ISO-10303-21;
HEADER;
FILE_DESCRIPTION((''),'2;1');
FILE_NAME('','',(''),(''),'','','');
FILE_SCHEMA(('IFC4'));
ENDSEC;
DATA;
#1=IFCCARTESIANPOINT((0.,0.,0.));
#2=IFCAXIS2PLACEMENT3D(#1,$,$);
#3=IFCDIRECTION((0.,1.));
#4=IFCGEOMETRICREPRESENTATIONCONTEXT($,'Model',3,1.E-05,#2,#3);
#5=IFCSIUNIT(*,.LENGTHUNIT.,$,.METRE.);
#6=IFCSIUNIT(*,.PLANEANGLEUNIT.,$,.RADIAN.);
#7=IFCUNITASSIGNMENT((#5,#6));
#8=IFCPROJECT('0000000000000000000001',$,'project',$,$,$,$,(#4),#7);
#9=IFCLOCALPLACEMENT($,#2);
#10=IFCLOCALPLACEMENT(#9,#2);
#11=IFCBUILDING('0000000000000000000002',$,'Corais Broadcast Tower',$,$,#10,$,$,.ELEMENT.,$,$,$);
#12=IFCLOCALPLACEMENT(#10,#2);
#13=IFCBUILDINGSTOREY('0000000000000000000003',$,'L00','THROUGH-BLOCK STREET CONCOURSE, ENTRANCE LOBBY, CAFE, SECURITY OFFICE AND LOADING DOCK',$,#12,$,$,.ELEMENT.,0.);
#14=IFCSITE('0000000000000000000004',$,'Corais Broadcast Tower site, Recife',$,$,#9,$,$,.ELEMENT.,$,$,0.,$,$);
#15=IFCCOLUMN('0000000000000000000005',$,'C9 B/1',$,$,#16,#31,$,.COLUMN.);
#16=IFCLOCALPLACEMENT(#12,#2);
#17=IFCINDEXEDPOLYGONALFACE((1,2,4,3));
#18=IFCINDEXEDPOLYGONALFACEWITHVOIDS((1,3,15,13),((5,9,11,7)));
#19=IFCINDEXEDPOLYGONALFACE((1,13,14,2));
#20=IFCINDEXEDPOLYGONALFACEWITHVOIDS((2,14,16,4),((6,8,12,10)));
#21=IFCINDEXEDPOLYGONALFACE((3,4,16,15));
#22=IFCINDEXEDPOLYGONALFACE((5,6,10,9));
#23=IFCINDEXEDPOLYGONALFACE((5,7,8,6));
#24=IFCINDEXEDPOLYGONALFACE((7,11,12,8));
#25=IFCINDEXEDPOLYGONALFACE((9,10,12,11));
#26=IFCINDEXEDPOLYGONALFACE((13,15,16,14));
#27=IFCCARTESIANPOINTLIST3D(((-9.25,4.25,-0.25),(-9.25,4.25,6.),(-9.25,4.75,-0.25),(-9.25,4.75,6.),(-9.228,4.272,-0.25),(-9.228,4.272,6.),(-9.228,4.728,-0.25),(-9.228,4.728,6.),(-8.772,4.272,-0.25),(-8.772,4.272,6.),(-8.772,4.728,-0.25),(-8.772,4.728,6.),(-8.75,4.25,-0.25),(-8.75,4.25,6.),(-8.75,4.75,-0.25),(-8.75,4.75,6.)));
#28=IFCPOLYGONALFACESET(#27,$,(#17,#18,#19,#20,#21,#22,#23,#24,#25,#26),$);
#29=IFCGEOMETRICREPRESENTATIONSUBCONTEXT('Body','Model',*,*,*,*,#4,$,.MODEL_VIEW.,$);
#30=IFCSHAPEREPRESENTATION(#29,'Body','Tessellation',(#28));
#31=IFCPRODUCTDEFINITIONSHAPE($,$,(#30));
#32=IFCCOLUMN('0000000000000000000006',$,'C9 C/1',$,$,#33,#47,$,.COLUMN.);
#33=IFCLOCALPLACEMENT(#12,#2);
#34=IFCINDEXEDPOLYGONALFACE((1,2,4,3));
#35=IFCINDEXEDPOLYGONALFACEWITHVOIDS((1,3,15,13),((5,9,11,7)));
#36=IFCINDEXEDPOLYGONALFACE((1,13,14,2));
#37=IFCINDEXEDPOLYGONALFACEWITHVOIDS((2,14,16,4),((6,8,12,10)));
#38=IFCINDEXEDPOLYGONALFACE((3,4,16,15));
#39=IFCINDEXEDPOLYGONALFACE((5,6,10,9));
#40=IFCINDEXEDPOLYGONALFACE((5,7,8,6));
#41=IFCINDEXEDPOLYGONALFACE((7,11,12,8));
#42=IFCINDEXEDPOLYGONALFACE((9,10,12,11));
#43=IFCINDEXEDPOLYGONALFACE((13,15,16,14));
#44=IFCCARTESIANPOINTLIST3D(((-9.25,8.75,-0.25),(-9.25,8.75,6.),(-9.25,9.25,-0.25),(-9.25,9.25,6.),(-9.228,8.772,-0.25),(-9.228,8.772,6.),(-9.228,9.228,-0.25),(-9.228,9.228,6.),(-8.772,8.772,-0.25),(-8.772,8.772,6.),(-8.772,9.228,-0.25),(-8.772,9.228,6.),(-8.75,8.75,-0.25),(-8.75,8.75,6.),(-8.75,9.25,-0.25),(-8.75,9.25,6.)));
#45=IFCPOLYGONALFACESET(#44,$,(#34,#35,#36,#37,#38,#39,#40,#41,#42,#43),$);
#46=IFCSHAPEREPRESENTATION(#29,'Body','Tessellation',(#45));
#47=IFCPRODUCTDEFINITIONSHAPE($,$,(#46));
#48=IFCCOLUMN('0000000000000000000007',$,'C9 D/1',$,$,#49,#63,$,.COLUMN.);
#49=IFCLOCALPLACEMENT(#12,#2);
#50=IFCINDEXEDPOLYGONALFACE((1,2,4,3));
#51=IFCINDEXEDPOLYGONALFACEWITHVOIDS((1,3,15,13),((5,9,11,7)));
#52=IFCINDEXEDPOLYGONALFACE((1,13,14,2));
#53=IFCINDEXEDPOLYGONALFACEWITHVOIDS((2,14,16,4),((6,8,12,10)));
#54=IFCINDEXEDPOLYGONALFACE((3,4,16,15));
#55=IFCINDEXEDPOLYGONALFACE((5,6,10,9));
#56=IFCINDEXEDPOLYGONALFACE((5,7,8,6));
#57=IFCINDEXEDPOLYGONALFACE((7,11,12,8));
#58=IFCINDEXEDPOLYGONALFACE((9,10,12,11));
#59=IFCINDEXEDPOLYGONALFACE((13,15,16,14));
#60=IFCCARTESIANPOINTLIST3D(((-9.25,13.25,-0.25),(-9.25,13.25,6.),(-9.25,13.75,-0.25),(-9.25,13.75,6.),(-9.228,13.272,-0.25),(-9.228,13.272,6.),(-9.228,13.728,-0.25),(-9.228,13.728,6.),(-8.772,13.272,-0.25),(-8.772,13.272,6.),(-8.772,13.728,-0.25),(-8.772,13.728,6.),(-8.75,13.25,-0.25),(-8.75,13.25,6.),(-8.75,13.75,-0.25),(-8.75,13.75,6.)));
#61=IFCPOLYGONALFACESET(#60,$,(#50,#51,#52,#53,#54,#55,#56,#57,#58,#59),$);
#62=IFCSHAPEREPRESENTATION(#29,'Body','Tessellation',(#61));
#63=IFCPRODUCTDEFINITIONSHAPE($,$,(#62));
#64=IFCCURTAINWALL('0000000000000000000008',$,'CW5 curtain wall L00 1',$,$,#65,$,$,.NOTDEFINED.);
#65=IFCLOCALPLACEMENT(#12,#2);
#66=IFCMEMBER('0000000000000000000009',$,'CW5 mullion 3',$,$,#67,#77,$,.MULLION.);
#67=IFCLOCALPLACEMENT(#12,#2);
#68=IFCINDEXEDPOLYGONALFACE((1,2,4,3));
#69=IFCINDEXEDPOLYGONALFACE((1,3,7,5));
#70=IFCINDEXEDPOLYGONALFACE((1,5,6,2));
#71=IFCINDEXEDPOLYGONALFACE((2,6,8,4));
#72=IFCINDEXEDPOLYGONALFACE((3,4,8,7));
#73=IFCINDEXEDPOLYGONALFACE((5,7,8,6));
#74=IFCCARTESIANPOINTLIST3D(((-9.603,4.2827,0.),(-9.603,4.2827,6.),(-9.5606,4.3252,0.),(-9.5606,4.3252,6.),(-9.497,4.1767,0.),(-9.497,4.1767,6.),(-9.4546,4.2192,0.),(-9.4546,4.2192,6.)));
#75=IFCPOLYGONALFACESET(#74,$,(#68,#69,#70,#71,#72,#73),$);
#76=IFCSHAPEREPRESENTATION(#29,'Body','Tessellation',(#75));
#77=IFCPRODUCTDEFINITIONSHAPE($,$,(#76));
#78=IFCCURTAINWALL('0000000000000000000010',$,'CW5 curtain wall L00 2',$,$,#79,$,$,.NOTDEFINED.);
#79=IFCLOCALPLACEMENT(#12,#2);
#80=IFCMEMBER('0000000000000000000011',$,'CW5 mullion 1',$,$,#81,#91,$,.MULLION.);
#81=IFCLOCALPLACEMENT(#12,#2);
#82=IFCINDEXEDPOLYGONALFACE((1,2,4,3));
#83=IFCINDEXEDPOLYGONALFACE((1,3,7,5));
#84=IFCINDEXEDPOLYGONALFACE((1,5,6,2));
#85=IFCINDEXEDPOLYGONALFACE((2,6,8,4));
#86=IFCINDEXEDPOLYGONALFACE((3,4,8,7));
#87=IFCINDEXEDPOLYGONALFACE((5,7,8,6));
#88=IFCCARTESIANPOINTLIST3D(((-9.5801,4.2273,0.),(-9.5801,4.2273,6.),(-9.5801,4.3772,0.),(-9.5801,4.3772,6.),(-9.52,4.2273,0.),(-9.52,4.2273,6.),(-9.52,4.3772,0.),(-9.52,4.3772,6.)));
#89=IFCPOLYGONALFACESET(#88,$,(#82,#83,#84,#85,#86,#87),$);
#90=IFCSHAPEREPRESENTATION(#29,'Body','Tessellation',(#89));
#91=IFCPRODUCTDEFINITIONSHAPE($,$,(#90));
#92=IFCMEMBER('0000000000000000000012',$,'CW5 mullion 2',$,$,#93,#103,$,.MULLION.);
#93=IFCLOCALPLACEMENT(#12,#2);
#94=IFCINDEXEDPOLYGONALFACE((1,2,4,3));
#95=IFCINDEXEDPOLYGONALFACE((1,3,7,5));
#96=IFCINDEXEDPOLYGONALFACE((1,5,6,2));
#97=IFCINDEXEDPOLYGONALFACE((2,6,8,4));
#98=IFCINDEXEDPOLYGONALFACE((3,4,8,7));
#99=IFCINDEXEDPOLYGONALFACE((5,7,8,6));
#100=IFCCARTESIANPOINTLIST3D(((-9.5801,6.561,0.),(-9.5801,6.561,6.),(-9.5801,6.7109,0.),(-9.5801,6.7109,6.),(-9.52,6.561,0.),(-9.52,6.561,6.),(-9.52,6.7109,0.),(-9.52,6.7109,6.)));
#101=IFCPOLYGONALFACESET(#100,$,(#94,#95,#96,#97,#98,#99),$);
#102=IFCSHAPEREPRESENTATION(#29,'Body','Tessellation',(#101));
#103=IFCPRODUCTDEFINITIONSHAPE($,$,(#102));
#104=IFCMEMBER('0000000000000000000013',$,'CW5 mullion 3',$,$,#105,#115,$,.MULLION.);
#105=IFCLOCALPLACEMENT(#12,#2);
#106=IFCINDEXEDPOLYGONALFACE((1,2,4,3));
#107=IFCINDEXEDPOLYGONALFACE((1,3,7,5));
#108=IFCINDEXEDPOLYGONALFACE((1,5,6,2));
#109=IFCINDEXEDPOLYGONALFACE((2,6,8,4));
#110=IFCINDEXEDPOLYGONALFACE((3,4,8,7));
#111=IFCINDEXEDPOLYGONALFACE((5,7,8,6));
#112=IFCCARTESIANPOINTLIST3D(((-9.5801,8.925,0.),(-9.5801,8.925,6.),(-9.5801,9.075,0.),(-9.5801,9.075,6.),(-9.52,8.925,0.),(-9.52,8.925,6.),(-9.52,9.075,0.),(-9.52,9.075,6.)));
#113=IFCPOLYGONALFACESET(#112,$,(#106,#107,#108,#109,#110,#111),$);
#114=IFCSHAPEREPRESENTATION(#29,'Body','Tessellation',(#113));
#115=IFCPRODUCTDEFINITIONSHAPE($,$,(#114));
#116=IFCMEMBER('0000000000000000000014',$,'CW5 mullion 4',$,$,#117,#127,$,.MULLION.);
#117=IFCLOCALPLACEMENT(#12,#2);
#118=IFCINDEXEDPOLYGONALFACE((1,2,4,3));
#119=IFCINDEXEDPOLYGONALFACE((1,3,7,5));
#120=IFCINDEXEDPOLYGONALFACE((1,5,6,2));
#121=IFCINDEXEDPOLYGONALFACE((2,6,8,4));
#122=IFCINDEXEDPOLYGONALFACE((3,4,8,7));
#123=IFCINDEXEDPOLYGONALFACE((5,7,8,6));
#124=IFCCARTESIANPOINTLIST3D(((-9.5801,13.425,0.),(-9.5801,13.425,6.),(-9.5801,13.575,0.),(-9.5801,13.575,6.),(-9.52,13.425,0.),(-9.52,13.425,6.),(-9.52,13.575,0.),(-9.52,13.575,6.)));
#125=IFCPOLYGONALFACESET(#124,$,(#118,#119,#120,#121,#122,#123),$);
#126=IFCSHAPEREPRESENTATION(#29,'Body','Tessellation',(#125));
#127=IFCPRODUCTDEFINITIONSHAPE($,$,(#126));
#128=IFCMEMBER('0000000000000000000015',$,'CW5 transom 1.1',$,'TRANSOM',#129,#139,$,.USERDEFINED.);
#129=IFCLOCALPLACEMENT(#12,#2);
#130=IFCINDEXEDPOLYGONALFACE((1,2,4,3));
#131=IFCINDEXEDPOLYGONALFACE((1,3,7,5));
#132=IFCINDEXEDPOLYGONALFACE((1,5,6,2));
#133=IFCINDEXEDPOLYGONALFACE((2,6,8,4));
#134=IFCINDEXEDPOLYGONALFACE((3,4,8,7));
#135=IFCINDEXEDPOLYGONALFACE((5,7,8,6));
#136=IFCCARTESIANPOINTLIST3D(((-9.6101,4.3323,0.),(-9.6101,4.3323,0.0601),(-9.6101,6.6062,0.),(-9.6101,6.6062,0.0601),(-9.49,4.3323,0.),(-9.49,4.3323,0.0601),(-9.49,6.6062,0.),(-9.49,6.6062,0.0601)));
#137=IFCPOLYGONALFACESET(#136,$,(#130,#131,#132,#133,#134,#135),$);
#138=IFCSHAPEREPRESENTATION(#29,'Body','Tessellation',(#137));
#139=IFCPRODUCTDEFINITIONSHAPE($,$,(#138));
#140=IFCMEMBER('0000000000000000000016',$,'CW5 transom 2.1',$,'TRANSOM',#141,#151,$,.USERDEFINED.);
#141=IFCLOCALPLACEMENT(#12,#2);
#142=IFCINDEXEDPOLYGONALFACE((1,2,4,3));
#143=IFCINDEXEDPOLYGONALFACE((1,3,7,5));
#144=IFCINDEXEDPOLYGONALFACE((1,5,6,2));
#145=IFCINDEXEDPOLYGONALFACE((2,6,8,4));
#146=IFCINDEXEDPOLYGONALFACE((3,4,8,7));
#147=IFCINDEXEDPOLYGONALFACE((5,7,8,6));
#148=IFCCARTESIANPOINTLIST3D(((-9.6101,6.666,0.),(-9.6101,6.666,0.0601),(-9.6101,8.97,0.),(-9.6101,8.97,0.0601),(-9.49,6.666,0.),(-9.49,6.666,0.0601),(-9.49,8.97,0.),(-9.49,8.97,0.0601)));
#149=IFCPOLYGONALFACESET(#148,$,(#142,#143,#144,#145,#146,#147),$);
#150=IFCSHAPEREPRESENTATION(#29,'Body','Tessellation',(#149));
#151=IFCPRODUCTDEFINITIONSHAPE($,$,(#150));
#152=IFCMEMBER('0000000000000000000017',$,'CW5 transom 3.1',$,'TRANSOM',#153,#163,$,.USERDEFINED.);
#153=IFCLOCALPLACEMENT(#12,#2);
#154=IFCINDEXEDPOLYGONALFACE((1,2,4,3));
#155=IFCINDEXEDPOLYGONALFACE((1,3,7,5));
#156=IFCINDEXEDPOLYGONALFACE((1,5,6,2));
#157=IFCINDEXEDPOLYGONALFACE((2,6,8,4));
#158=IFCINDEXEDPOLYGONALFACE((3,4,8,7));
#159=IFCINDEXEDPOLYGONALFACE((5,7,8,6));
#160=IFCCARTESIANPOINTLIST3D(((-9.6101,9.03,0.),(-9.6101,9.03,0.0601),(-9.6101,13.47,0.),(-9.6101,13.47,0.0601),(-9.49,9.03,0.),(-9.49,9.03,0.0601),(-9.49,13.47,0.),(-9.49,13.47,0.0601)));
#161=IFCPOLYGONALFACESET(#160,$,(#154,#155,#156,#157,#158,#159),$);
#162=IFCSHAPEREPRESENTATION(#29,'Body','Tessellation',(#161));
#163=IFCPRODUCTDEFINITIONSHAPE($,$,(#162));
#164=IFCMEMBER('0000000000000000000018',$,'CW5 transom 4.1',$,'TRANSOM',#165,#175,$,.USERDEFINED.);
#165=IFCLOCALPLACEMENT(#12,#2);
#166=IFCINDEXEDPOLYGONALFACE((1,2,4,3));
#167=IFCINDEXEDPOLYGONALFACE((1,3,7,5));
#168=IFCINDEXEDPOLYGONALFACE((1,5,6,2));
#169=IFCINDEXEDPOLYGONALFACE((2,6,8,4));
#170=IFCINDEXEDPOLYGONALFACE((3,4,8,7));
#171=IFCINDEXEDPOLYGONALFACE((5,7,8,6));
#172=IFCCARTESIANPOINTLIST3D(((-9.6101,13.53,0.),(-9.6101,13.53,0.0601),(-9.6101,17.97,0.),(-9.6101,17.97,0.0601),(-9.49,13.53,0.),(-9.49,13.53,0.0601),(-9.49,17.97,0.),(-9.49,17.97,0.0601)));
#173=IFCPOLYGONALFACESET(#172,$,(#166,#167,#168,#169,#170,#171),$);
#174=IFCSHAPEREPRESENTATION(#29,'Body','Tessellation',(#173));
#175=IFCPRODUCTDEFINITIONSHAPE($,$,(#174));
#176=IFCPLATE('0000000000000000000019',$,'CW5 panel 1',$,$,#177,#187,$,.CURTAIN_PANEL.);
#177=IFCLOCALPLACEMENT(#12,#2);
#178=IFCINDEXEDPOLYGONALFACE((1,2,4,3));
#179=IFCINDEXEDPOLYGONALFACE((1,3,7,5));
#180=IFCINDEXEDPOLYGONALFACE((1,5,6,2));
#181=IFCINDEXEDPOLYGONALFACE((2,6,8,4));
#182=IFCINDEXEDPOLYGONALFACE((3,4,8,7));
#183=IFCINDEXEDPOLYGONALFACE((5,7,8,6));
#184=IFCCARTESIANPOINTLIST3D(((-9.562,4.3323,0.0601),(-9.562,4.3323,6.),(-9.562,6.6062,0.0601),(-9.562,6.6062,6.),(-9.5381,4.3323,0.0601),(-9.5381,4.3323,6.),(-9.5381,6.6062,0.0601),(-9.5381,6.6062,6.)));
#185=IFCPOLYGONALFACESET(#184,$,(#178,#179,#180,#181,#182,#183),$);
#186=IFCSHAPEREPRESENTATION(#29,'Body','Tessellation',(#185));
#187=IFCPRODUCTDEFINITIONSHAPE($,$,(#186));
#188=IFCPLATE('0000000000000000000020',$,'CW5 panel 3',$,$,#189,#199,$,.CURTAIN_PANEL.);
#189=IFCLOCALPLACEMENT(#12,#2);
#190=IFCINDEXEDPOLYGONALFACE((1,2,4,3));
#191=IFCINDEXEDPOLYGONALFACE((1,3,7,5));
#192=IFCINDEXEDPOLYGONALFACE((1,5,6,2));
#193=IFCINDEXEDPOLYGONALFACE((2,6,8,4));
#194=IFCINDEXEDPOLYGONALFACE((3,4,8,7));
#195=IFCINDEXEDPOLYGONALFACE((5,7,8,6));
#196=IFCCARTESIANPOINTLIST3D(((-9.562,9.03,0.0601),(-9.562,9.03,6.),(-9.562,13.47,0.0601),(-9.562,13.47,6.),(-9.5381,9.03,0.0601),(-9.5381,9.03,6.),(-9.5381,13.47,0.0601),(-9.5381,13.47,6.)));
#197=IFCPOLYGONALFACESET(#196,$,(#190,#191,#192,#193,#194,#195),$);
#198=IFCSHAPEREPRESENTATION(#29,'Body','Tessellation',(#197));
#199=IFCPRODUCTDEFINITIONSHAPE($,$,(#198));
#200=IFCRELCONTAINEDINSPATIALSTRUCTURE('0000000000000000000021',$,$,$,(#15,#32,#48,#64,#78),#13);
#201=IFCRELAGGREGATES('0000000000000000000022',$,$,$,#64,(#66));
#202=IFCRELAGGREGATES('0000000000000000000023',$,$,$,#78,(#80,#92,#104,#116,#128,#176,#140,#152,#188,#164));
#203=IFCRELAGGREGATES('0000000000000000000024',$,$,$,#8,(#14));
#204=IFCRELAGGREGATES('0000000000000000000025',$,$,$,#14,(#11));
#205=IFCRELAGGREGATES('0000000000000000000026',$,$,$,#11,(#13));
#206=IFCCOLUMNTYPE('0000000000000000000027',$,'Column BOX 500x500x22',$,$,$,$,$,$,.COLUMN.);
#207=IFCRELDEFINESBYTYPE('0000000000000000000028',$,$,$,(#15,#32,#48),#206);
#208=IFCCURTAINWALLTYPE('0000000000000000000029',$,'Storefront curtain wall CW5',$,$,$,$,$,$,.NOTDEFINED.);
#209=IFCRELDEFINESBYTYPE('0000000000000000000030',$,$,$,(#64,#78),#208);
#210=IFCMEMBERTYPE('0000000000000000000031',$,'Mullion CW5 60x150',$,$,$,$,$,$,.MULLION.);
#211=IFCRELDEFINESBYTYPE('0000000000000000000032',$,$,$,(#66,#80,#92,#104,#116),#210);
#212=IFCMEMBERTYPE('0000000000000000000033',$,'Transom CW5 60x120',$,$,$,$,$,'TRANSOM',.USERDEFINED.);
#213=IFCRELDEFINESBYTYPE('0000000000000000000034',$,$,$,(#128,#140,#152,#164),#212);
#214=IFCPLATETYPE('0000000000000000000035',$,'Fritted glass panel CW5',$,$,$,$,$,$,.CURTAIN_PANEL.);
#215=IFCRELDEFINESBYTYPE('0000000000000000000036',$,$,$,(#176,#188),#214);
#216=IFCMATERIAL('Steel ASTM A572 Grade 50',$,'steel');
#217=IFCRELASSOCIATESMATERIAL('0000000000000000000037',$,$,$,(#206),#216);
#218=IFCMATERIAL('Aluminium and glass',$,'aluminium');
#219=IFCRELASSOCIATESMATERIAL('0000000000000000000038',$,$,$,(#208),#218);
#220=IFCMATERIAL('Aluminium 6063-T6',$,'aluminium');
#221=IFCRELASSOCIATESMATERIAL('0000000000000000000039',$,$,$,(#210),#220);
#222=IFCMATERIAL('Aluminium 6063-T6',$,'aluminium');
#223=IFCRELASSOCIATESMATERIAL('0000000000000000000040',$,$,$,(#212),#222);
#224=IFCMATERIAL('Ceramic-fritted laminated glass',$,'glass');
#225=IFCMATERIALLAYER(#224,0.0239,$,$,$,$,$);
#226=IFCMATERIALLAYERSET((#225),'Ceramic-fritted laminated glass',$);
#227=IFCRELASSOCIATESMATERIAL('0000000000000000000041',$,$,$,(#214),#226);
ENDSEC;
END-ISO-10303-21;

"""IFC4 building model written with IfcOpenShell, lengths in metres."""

from ifc_helpers import new_model, si_unit, direction, frame, origin, origin_2d, place, context, subcontext, project, spatial, rectangle, hollow_rectangle, extrude, material, layer, layer_set, material_profile, profile_set, type_object, element, aggregate, save


model = new_model("IFC4")

# Units and contexts
model_context = context("Model", 3, precision=1e-05, world=origin(), true_north=direction((0.0, 1.0)))
body_context = subcontext(model_context, "Body", "Model", "MODEL_VIEW")
ifc_project = project(units=[si_unit("LENGTHUNIT", "METRE"), si_unit("PLANEANGLEUNIT", "RADIAN")], contexts=[model_context])

# Site, building, storey
site_placement = place(None, origin())
site = spatial("IfcSite", under=ifc_project, at=site_placement, Name="Corais Broadcast Tower site, Recife", CompositionType="ELEMENT", RefElevation=0.0)
building_placement = place(site_placement, origin())
building = spatial("IfcBuilding", under=site, at=building_placement, Name="Corais Broadcast Tower", CompositionType="ELEMENT")
storey_placement = place(building_placement, origin())
storey = spatial("IfcBuildingStorey", under=building, at=storey_placement, Name="L00", Description="THROUGH-BLOCK STREET CONCOURSE, ENTRANCE LOBBY, CAFE, SECURITY OFFICE AND LOADING DOCK", CompositionType="ELEMENT", Elevation=0.0)

# Columns
ifc_material_1 = material(Name="Steel ASTM A572 Grade 50", Category="steel")
ifc_material_profile_1 = material_profile(ifc_material_1, hollow_rectangle(XDim=0.5, YDim=0.5, WallThickness=0.022, at=origin_2d()), Name="BOX 500x500x22")
ifc_profile_set_1 = profile_set([ifc_material_profile_1], Name="Steel ASTM A572 Grade 50")
column_type = type_object("IfcColumnType", Name="Column BOX 500x500x22", PredefinedType="COLUMN", material=ifc_profile_set_1)
for number, where, z_axis, x_axis, name in (
    (1, (-9.0, 4.5, -0.25), (0.0, 0.0, 1.0), (1.0, 0.0, 0.0), "C9 B/1"),
    (2, (-9.0, 9.0, -0.25), (0.0, 0.0, 1.0), (1.0, 0.0, 0.0), "C9 C/1"),
    (3, (-9.0, 13.5, -0.25), (0.0, 0.0, 1.0), (1.0, 0.0, 0.0), "C9 D/1"),
):
    element("IfcColumn", number, at=place(storey_placement, frame(where, z_axis=z_axis, x_axis=x_axis)), inside=storey, type_object=column_type, Name=name, PredefinedType="COLUMN", context=body_context, shape_type="SweptSolid", body=[
        extrude(hollow_rectangle(XDim=0.5, YDim=0.5, WallThickness=0.022, at=origin_2d()), origin(), (0.0, 0.0, 1.0), 6.25),
    ])

# Curtain wall, member
ifc_material_2 = material(Name="Aluminium and glass", Category="aluminium")
curtain_wall_type = type_object("IfcCurtainWallType", Name="Storefront curtain wall CW5", PredefinedType="NOTDEFINED", material=ifc_material_2)
curtain_wall_1_placement = place(storey_placement, origin())
curtain_wall_1 = element("IfcCurtainWall", 4, at=curtain_wall_1_placement, inside=storey, type_object=curtain_wall_type, Name="CW5 curtain wall L00 1", PredefinedType="NOTDEFINED")
ifc_material_3 = material(Name="Aluminium 6063-T6", Category="aluminium")
ifc_material_profile_2 = material_profile(ifc_material_3, rectangle(XDim=0.0601, YDim=0.1499, at=origin_2d()), Name="Mullion CW5 60x150")
ifc_profile_set_2 = profile_set([ifc_material_profile_2], Name="Aluminium 6063-T6")
member_type_1 = type_object("IfcMemberType", Name="Mullion CW5 60x150", PredefinedType="MULLION", material=ifc_profile_set_2)
member_1_placement = place(storey_placement, frame((-9.5288, 4.251, 0.0), z_axis=(0.0, 0.0, 1.0), x_axis=(-0.707107, -0.707107, 0.0)))
member_1 = element("IfcMember", 5, at=member_1_placement, type_object=member_type_1, Name="CW5 mullion 3", PredefinedType="MULLION", context=body_context, shape_type="SweptSolid", body=[
    extrude(rectangle(XDim=0.0601, YDim=0.1499, at=origin_2d()), origin(), (0.0, 0.0, 1.0), 6.0),
])

# Curtain wall, members, plates
curtain_wall_2_placement = place(storey_placement, origin())
curtain_wall_2 = element("IfcCurtainWall", 6, at=curtain_wall_2_placement, inside=storey, type_object=curtain_wall_type, Name="CW5 curtain wall L00 2", PredefinedType="NOTDEFINED")
member_2_placement = place(storey_placement, frame((-9.55, 4.3022, 0.0), z_axis=(0.0, 0.0, 1.0), x_axis=(-1.0, 0.0, 0.0)))
member_2 = element("IfcMember", 7, at=member_2_placement, type_object=member_type_1, Name="CW5 mullion 1", PredefinedType="MULLION", context=body_context, shape_type="SweptSolid", body=[
    extrude(rectangle(XDim=0.0601, YDim=0.1499, at=origin_2d()), origin(), (0.0, 0.0, 1.0), 6.0),
])
member_3_placement = place(storey_placement, frame((-9.55, 6.636, 0.0), z_axis=(0.0, 0.0, 1.0), x_axis=(-1.0, 0.0, 0.0)))
member_3 = element("IfcMember", 8, at=member_3_placement, type_object=member_type_1, Name="CW5 mullion 2", PredefinedType="MULLION", context=body_context, shape_type="SweptSolid", body=[
    extrude(rectangle(XDim=0.0601, YDim=0.1499, at=origin_2d()), origin(), (0.0, 0.0, 1.0), 6.0),
])
member_4_placement = place(storey_placement, frame((-9.55, 9.0, 0.0), z_axis=(0.0, 0.0, 1.0), x_axis=(-1.0, 0.0, 0.0)))
member_4 = element("IfcMember", 9, at=member_4_placement, type_object=member_type_1, Name="CW5 mullion 3", PredefinedType="MULLION", context=body_context, shape_type="SweptSolid", body=[
    extrude(rectangle(XDim=0.0601, YDim=0.1499, at=origin_2d()), origin(), (0.0, 0.0, 1.0), 6.0),
])
member_5_placement = place(storey_placement, frame((-9.55, 13.5, 0.0), z_axis=(0.0, 0.0, 1.0), x_axis=(-1.0, 0.0, 0.0)))
member_5 = element("IfcMember", 10, at=member_5_placement, type_object=member_type_1, Name="CW5 mullion 4", PredefinedType="MULLION", context=body_context, shape_type="SweptSolid", body=[
    extrude(rectangle(XDim=0.0601, YDim=0.1499, at=origin_2d()), origin(), (0.0, 0.0, 1.0), 6.0),
])
ifc_material_4 = material(Name="Aluminium 6063-T6", Category="aluminium")
ifc_material_profile_3 = material_profile(ifc_material_4, rectangle(XDim=0.1201, YDim=0.0601, at=origin_2d()), Name="Transom CW5 60x120")
ifc_profile_set_3 = profile_set([ifc_material_profile_3], Name="Aluminium 6063-T6")
member_type_2 = type_object("IfcMemberType", Name="Transom CW5 60x120", ElementType="TRANSOM", PredefinedType="USERDEFINED", material=ifc_profile_set_3)
member_6_placement = place(storey_placement, frame((-9.55, 4.3323, 0.03), z_axis=(0.0, 1.0, 0.0), x_axis=(-1.0, 0.0, 0.0)))
member_6 = element("IfcMember", 11, at=member_6_placement, type_object=member_type_2, Name="CW5 transom 1.1", ObjectType="TRANSOM", PredefinedType="USERDEFINED", context=body_context, shape_type="SweptSolid", body=[
    extrude(rectangle(XDim=0.1201, YDim=0.0601, at=origin_2d()), origin(), (0.0, 0.0, 1.0), 2.2739),
])
member_7_placement = place(storey_placement, frame((-9.55, 6.666, 0.03), z_axis=(0.0, 1.0, 0.0), x_axis=(-1.0, 0.0, 0.0)))
member_7 = element("IfcMember", 12, at=member_7_placement, type_object=member_type_2, Name="CW5 transom 2.1", ObjectType="TRANSOM", PredefinedType="USERDEFINED", context=body_context, shape_type="SweptSolid", body=[
    extrude(rectangle(XDim=0.1201, YDim=0.0601, at=origin_2d()), origin(), (0.0, 0.0, 1.0), 2.304),
])
member_8_placement = place(storey_placement, frame((-9.55, 9.03, 0.03), z_axis=(0.0, 1.0, 0.0), x_axis=(-1.0, 0.0, 0.0)))
member_8 = element("IfcMember", 13, at=member_8_placement, type_object=member_type_2, Name="CW5 transom 3.1", ObjectType="TRANSOM", PredefinedType="USERDEFINED", context=body_context, shape_type="SweptSolid", body=[
    extrude(rectangle(XDim=0.1201, YDim=0.0601, at=origin_2d()), origin(), (0.0, 0.0, 1.0), 4.4399),
])
member_9_placement = place(storey_placement, frame((-9.55, 13.53, 0.03), z_axis=(0.0, 1.0, 0.0), x_axis=(-1.0, 0.0, 0.0)))
member_9 = element("IfcMember", 14, at=member_9_placement, type_object=member_type_2, Name="CW5 transom 4.1", ObjectType="TRANSOM", PredefinedType="USERDEFINED", context=body_context, shape_type="SweptSolid", body=[
    extrude(rectangle(XDim=0.1201, YDim=0.0601, at=origin_2d()), origin(), (0.0, 0.0, 1.0), 4.4399),
])
ifc_material_5 = material(Name="Ceramic-fritted laminated glass", Category="glass")
ifc_layer_1 = layer(ifc_material_5, 0.0239)
ifc_layer_set_1 = layer_set([ifc_layer_1], Name="Ceramic-fritted laminated glass")
plate_type_1 = type_object("IfcPlateType", Name="Fritted glass panel CW5", PredefinedType="CURTAIN_PANEL", material=ifc_layer_set_1)
plate_1_placement = place(storey_placement, frame((-9.55, 5.4692, 0.0601), z_axis=(0.0, 0.0, 1.0), x_axis=(0.0, 1.0, 0.0)))
plate_1 = element("IfcPlate", 15, at=plate_1_placement, type_object=plate_type_1, Name="CW5 panel 1", PredefinedType="CURTAIN_PANEL", context=body_context, shape_type="SweptSolid", body=[
    extrude(rectangle(XDim=2.2739, YDim=0.0239, at=origin_2d()), origin(), (0.0, 0.0, 1.0), 5.9399),
])
plate_2_placement = place(storey_placement, frame((-9.55, 11.25, 0.0601), z_axis=(0.0, 0.0, 1.0), x_axis=(0.0, 1.0, 0.0)))
plate_2 = element("IfcPlate", 16, at=plate_2_placement, type_object=plate_type_1, Name="CW5 panel 3", PredefinedType="CURTAIN_PANEL", context=body_context, shape_type="SweptSolid", body=[
    extrude(rectangle(XDim=4.4399, YDim=0.0239, at=origin_2d()), origin(), (0.0, 0.0, 1.0), 5.9399),
])

aggregate(curtain_wall_1, [member_1])
aggregate(curtain_wall_2, [member_2, member_3, member_4, member_5, member_6, plate_1, member_7, member_8, plate_2, member_9])

save(model, "model.ifc")
